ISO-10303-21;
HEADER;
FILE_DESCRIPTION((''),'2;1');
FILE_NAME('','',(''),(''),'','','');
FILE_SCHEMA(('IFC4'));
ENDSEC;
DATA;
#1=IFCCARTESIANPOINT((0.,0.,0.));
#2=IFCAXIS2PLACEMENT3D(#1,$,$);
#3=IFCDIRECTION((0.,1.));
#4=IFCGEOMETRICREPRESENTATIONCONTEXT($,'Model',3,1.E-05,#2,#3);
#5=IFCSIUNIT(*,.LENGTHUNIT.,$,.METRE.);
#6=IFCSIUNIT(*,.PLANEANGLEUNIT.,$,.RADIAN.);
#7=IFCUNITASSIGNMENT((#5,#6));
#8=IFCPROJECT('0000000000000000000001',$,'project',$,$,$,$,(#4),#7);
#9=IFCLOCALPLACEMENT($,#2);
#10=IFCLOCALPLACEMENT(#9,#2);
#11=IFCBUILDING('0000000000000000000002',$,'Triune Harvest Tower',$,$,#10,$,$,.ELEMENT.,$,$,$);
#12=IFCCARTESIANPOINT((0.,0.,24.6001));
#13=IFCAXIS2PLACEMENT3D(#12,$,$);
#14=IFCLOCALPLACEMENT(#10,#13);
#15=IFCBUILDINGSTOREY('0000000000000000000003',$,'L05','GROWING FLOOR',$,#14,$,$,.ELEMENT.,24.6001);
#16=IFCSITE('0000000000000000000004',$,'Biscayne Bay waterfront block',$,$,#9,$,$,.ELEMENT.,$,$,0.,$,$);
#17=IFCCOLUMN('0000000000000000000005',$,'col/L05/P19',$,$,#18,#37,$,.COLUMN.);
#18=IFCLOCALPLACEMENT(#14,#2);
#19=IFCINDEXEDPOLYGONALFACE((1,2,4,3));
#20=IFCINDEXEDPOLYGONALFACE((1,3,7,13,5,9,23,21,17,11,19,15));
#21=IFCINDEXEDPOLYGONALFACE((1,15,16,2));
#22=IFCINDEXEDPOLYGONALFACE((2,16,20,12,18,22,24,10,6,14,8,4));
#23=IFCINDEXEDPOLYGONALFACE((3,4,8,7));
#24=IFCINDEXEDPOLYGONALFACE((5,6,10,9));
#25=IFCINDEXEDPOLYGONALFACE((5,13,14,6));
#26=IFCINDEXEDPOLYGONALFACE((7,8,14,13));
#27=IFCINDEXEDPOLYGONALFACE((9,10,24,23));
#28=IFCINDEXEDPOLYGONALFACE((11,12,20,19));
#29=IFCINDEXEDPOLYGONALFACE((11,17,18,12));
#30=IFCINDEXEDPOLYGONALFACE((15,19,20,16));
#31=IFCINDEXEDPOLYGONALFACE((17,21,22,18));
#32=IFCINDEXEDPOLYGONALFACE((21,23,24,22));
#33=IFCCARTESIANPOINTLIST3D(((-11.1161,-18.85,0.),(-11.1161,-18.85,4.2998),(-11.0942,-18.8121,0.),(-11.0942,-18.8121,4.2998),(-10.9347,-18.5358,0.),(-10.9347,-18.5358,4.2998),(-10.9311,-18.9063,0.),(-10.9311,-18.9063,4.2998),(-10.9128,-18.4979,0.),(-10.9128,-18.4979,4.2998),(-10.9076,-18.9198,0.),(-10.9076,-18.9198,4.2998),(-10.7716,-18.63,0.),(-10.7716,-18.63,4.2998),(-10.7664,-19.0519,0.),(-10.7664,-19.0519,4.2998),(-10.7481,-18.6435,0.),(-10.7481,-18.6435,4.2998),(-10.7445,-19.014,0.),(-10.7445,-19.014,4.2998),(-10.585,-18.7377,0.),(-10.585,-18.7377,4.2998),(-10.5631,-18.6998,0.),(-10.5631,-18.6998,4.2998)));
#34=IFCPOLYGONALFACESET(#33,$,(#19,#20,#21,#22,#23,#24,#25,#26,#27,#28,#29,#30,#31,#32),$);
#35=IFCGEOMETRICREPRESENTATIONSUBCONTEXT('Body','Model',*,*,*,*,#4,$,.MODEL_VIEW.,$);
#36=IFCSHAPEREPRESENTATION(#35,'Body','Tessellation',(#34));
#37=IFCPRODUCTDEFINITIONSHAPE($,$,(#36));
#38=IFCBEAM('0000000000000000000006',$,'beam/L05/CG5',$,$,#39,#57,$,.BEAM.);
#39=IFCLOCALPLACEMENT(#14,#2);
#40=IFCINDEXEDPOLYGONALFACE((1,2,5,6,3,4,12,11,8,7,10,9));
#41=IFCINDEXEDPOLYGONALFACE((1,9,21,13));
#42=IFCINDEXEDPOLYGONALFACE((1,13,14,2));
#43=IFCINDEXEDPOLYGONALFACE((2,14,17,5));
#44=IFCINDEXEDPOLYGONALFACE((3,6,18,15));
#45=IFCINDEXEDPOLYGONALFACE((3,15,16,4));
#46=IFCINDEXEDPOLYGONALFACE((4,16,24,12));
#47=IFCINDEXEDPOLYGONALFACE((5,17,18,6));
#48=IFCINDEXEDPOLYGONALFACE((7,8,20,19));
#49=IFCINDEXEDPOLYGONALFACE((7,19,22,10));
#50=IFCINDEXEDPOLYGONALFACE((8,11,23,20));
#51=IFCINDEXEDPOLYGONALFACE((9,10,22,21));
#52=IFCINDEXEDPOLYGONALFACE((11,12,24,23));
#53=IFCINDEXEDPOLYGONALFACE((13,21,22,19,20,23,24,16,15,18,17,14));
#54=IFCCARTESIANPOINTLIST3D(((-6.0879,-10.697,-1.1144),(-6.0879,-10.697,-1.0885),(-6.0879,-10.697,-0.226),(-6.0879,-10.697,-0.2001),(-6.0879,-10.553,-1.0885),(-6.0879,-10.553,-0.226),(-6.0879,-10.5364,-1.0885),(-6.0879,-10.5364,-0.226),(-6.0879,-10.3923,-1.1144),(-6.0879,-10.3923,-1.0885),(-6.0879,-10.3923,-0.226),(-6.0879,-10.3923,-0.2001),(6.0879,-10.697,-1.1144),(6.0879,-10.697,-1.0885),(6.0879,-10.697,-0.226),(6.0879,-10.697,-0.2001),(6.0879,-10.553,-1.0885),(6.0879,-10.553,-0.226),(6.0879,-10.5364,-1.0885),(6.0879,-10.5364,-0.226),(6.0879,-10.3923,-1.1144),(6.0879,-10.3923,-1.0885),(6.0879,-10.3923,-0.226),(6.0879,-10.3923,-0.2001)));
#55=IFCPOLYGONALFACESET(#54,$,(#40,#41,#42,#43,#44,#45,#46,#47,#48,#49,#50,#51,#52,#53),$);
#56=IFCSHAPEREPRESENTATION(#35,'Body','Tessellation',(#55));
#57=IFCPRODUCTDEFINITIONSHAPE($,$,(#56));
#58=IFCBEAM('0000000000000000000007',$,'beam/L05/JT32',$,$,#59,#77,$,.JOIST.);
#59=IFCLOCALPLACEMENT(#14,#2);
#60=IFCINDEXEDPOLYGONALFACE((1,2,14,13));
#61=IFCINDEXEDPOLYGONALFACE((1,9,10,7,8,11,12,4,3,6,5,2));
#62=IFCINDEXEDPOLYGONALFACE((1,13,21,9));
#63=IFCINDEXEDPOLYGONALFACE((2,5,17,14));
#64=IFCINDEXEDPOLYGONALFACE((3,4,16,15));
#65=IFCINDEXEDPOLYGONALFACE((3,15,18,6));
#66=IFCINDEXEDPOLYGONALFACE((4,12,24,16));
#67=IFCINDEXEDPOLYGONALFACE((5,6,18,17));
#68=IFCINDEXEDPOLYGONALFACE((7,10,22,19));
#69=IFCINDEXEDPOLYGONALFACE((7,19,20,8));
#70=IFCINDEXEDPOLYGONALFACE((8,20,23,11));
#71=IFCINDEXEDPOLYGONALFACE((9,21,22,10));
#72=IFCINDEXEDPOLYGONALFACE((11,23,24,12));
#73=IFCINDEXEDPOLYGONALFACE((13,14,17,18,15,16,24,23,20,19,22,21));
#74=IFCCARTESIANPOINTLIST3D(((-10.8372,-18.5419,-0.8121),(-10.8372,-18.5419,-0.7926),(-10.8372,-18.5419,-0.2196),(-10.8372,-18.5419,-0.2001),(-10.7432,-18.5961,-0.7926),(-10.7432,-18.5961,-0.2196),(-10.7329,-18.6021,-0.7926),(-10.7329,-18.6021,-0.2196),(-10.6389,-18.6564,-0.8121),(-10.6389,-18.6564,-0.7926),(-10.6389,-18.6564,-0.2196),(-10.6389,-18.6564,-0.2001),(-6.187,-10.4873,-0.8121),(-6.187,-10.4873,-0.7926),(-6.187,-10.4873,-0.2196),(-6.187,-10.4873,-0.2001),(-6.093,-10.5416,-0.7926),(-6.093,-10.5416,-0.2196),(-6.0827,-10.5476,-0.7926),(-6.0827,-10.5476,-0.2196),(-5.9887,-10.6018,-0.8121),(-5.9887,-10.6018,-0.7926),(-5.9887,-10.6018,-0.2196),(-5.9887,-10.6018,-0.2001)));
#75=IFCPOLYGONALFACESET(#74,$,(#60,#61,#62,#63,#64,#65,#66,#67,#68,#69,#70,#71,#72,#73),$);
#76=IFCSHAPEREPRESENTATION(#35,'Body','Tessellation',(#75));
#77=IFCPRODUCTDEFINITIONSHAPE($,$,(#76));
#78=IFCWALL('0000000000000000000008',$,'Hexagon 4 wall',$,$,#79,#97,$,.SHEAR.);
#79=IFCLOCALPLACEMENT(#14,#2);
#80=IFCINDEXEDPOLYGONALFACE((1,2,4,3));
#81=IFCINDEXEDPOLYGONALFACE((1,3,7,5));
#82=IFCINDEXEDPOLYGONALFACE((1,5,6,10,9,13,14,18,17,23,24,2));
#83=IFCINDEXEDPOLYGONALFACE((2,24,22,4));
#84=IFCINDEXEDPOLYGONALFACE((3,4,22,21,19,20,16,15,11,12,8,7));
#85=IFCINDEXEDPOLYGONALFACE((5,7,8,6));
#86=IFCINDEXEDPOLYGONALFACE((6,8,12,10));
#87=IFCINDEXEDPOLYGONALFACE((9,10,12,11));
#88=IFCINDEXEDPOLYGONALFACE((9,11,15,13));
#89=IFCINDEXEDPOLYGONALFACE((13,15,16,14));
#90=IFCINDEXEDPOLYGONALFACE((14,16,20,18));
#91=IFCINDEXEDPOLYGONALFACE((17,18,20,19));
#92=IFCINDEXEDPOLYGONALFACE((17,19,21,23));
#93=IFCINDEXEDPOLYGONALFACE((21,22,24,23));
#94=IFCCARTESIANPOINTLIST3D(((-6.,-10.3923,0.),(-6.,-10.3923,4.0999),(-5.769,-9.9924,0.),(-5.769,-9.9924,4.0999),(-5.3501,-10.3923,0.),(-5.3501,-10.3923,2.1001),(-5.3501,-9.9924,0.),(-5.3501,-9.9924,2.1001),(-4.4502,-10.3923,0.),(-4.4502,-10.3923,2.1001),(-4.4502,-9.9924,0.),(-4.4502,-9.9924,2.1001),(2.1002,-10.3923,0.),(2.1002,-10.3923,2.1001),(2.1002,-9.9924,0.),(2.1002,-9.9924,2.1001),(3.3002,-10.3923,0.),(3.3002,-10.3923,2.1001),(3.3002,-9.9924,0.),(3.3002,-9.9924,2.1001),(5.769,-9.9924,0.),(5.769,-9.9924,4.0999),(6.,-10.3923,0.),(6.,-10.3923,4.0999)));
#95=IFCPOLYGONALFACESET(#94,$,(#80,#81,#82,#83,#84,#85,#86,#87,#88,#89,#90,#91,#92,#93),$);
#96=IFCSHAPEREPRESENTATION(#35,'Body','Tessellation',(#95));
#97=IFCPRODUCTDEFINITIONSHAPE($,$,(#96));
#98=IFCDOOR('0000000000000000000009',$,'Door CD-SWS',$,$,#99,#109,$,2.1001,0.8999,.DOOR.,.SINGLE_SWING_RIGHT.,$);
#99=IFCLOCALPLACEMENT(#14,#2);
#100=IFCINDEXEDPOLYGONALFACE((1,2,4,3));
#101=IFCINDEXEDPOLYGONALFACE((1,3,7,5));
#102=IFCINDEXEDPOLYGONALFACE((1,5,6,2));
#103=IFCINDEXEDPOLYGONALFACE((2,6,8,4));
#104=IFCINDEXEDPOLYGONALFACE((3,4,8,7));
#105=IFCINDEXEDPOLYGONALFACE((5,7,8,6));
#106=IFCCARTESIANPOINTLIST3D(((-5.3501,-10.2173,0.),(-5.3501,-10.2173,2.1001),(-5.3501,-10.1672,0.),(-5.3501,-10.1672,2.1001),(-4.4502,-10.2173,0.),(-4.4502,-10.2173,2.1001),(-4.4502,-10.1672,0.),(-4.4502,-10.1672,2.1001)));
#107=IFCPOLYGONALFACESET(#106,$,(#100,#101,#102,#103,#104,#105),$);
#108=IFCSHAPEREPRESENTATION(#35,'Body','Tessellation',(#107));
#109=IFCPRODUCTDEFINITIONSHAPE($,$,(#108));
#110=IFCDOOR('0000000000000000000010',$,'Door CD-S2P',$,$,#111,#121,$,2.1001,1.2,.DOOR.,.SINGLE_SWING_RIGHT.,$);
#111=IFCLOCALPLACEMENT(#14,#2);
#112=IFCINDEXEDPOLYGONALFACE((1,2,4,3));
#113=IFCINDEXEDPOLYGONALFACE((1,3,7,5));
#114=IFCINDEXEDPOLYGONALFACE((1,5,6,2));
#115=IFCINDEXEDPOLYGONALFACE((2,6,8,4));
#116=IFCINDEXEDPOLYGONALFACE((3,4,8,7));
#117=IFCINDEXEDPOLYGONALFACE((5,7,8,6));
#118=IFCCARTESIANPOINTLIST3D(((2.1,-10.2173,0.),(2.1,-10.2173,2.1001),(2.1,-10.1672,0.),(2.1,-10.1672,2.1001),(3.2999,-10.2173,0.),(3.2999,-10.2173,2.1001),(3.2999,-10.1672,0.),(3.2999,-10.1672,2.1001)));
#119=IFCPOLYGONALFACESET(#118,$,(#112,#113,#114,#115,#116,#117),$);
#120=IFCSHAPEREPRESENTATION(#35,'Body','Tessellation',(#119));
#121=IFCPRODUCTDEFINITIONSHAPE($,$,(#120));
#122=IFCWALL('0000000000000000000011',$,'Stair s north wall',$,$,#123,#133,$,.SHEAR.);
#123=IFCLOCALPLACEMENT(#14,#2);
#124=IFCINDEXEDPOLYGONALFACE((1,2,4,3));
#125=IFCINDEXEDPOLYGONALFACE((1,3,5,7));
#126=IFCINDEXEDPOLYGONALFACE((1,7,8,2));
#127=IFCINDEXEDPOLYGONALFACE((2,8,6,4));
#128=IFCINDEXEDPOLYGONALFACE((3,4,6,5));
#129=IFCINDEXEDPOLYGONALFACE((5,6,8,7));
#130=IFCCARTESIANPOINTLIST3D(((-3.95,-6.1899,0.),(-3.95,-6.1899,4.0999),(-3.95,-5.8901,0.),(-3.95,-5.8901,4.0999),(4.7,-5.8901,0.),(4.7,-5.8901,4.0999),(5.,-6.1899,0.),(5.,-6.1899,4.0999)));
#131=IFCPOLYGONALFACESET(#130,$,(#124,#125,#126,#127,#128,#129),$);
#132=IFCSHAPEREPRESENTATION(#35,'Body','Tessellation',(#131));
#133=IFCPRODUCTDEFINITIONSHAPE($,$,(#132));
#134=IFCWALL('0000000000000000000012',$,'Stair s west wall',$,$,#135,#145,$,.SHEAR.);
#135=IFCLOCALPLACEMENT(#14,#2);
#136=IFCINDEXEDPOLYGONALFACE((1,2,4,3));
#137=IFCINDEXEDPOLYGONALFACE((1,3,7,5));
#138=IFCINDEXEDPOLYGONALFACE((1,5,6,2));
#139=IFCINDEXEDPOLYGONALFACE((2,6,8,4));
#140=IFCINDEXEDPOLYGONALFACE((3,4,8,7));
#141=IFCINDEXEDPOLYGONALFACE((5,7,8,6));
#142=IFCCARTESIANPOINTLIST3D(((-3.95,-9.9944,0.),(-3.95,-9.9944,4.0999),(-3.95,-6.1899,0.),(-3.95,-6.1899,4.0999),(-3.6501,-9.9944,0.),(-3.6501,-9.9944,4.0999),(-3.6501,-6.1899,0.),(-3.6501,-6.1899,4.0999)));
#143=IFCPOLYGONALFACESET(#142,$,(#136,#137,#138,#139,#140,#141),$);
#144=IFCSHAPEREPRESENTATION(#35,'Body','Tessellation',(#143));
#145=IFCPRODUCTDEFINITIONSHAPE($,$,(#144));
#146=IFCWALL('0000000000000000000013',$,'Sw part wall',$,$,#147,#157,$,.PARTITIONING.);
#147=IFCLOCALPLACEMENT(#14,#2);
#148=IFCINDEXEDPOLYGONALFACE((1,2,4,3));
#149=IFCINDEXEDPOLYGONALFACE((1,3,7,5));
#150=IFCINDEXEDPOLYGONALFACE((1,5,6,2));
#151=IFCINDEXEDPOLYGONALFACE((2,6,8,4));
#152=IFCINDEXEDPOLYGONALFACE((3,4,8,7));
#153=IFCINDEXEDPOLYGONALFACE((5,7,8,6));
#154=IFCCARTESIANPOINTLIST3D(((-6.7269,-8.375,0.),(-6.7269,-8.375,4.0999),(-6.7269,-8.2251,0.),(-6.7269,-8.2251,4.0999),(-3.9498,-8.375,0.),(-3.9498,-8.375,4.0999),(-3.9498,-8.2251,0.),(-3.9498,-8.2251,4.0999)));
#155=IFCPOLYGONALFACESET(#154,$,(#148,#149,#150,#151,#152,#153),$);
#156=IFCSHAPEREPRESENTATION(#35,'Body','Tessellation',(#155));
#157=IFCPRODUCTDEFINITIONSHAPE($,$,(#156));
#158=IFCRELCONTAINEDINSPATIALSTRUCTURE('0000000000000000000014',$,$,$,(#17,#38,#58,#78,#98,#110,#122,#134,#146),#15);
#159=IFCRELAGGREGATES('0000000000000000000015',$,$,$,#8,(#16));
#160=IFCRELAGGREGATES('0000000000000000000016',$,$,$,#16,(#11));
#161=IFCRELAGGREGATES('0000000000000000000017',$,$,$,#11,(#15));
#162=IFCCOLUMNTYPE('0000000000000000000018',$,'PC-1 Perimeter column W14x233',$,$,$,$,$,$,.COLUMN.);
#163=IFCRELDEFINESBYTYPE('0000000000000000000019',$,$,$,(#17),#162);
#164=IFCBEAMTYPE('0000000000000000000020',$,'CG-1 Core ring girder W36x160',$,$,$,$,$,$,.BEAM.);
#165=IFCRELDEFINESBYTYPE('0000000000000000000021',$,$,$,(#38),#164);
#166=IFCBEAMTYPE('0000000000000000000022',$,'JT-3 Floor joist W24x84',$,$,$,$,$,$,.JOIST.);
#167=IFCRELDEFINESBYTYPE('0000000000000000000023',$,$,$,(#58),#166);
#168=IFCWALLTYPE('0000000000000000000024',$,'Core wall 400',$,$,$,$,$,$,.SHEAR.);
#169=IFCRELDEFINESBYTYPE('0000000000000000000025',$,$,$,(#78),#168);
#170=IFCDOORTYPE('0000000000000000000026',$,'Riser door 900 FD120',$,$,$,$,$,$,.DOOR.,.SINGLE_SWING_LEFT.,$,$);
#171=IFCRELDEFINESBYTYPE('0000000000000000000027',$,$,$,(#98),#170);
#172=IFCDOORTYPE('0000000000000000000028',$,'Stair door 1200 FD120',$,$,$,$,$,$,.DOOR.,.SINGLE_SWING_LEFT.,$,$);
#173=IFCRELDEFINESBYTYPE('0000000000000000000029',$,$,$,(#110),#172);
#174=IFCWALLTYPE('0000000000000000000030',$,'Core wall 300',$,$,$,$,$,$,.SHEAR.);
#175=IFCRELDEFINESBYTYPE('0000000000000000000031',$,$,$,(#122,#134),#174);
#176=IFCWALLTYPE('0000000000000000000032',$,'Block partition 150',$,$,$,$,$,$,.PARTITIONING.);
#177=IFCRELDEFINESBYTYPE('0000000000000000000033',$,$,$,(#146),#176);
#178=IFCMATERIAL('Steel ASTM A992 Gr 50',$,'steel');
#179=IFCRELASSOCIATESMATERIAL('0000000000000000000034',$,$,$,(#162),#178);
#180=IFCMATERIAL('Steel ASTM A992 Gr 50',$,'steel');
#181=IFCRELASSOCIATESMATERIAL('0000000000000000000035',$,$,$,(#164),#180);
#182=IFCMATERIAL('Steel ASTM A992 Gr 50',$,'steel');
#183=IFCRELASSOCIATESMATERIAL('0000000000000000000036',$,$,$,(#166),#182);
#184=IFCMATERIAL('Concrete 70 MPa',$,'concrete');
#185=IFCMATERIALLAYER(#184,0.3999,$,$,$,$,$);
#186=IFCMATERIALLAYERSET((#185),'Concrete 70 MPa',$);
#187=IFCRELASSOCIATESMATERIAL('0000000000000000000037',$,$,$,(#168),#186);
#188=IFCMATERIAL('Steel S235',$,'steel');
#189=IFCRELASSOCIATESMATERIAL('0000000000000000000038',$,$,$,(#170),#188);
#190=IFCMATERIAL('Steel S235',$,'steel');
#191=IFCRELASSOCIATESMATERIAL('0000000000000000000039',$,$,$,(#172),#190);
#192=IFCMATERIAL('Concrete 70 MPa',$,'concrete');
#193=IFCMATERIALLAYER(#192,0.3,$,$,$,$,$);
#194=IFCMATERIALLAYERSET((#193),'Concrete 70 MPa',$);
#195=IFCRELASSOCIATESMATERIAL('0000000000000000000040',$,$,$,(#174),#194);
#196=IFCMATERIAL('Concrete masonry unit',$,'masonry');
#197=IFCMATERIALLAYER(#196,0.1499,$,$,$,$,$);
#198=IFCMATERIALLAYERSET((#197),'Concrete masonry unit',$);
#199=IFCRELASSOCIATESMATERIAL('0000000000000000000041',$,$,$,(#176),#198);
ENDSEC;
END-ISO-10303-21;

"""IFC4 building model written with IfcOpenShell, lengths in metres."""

from ifc_helpers import new_model, si_unit, direction, frame, frame_2d, origin, origin_2d, place, context, subcontext, project, spatial, polyline, rectangle, i_section, outline, extrude, source, transform, mapped, material, layer, layer_set, material_profile, profile_set, type_object, element, fill, save


model = new_model("IFC4")

# Units and contexts
model_context = context("Model", 3, precision=1e-05, world=origin(), true_north=direction((0.0, 1.0)))
body_context = subcontext(model_context, "Body", "Model", "MODEL_VIEW")
ifc_project = project(units=[si_unit("LENGTHUNIT", "METRE"), si_unit("PLANEANGLEUNIT", "RADIAN")], contexts=[model_context])

# Site, building, storey
site_placement = place(None, origin())
site = spatial("IfcSite", under=ifc_project, at=site_placement, Name="Biscayne Bay waterfront block", CompositionType="ELEMENT", RefElevation=0.0)
building_placement = place(site_placement, origin())
building = spatial("IfcBuilding", under=site, at=building_placement, Name="Triune Harvest Tower", CompositionType="ELEMENT")
storey_placement = place(building_placement, frame((0.0, 0.0, 24.6001)))
storey = spatial("IfcBuildingStorey", under=building, at=storey_placement, Name="L05", Description="GROWING FLOOR", CompositionType="ELEMENT", Elevation=24.6001)

# Column
ifc_material_1 = material(Name="Steel ASTM A992 Gr 50", Category="steel")
ifc_material_profile_1 = material_profile(ifc_material_1, i_section(OverallWidth=0.4038, OverallDepth=0.4065, WebThickness=0.0271, FlangeThickness=0.0437, at=origin_2d()), Name="W14x233")
ifc_profile_set_1 = profile_set([ifc_material_profile_1], Name="Steel ASTM A992 Gr 50")
column_type = type_object("IfcColumnType", Name="PC-1 Perimeter column W14x233", PredefinedType="COLUMN", material=ifc_profile_set_1)
shared_shape_1 = source(origin(), body_context, "Body", "SweptSolid", [
    extrude(i_section(OverallWidth=0.4038, OverallDepth=0.4065, WebThickness=0.0271, FlangeThickness=0.0437, at=origin_2d()), origin(), (0.0, 0.0, 1.0), 4.2998),
])
column_placement = place(storey_placement, frame((-10.8396, -18.7749, 0.0), z_axis=(0.0, 0.0, 1.0), x_axis=(0.866025, -0.5, 0.0)))
element("IfcColumn", 1, at=column_placement, inside=storey, type_object=column_type, Name="col/L05/P19", PredefinedType="COLUMN", context=body_context, shape_type="MappedRepresentation", body=[
    mapped(shared_shape_1, transform((0.0, 0.0, 0.0), scale=1.0)),
])

# Beams
ifc_material_2 = material(Name="Steel ASTM A992 Gr 50", Category="steel")
ifc_material_profile_2 = material_profile(ifc_material_2, i_section(OverallWidth=0.3047, OverallDepth=0.9143, WebThickness=0.0166, FlangeThickness=0.0259, at=origin_2d()), Name="W36x160")
ifc_profile_set_2 = profile_set([ifc_material_profile_2], Name="Steel ASTM A992 Gr 50")
beam_type_1 = type_object("IfcBeamType", Name="CG-1 Core ring girder W36x160", PredefinedType="BEAM", material=ifc_profile_set_2)
shared_shape_2 = source(origin(), body_context, "Body", "SweptSolid", [
    extrude(i_section(OverallWidth=0.3047, OverallDepth=0.9143, WebThickness=0.0166, FlangeThickness=0.0259, at=origin_2d()), origin(), (0.0, 0.0, 1.0), 12.1758),
])
beam_1_placement = place(storey_placement, frame((-6.0879, -10.5447, -0.6572), z_axis=(1.0, 0.0, 0.0), x_axis=(0.0, 1.0, 0.0)))
element("IfcBeam", 2, at=beam_1_placement, inside=storey, type_object=beam_type_1, Name="beam/L05/CG5", PredefinedType="BEAM", context=body_context, shape_type="MappedRepresentation", body=[
    mapped(shared_shape_2, transform((0.0, 0.0, 0.0), scale=1.0)),
])
ifc_material_3 = material(Name="Steel ASTM A992 Gr 50", Category="steel")
ifc_material_profile_3 = material_profile(ifc_material_3, i_section(OverallWidth=0.229, OverallDepth=0.6121, WebThickness=0.012, FlangeThickness=0.0195, at=origin_2d()), Name="W24x84")
ifc_profile_set_3 = profile_set([ifc_material_profile_3], Name="Steel ASTM A992 Gr 50")
beam_type_2 = type_object("IfcBeamType", Name="JT-3 Floor joist W24x84", PredefinedType="JOIST", material=ifc_profile_set_3)
shared_shape_3 = source(origin(), body_context, "Body", "SweptSolid", [
    extrude(i_section(OverallWidth=0.229, OverallDepth=0.6121, WebThickness=0.012, FlangeThickness=0.0195, at=origin_2d()), origin(), (0.0, 0.0, 1.0), 9.3005),
])
beam_2_placement = place(storey_placement, frame((-10.738, -18.5991, -0.5061), z_axis=(0.499993, 0.86603, 0.0), x_axis=(-0.86603, 0.499993, 0.0)))
element("IfcBeam", 3, at=beam_2_placement, inside=storey, type_object=beam_type_2, Name="beam/L05/JT32", PredefinedType="JOIST", context=body_context, shape_type="MappedRepresentation", body=[
    mapped(shared_shape_3, transform((0.0, 0.0, 0.0), scale=1.0)),
])

# Wall, openings, doors
ifc_material_4 = material(Name="Concrete 70 MPa", Category="concrete")
ifc_layer_1 = layer(ifc_material_4, 0.3999)
ifc_layer_set_1 = layer_set([ifc_layer_1], Name="Concrete 70 MPa")
wall_type_1 = type_object("IfcWallType", Name="Core wall 400", PredefinedType="SHEAR", material=ifc_layer_set_1)
shared_shape_4 = source(origin(), body_context, "Body", "SweptSolid", [
    extrude(outline(polyline([(-0.1155, -0.2), (11.8845, -0.2), (11.6536, 0.2), (0.1155, 0.2), (-0.1155, -0.2)])), origin(), (0.0, 0.0, 1.0), 4.0999),
])
wall_1_placement = place(storey_placement, frame((-5.8845, -10.1924, 0.0), z_axis=(0.0, 0.0, 1.0), x_axis=(1.0, 0.0, 0.0)))
wall_1 = element("IfcWall", 4, at=wall_1_placement, inside=storey, type_object=wall_type_1, Name="Hexagon 4 wall", PredefinedType="SHEAR", context=body_context, shape_type="MappedRepresentation", body=[
    mapped(shared_shape_4, transform((0.0, 0.0, 0.0), scale=1.0)),
])
opening_1_placement = place(wall_1_placement, frame((7.9846, 0.0, 0.0)))
opening_1 = element("IfcOpeningElement", 5, at=opening_1_placement, cuts=wall_1, PredefinedType="OPENING", context=body_context, shape_type="SweptSolid", body=[
    extrude(rectangle(XDim=1.2, YDim=2.1001, at=frame_2d((0.6001, 1.05))), frame((0.0, 0.21, 0.0), z_axis=(0.0, -1.0, 0.0), x_axis=(1.0, 0.0, 0.0)), (0.0, 0.0, 1.0), 0.4199),
])
opening_2_placement = place(wall_1_placement, frame((0.5344, 0.0, 0.0)))
opening_2 = element("IfcOpeningElement", 6, at=opening_2_placement, cuts=wall_1, PredefinedType="OPENING", context=body_context, shape_type="SweptSolid", body=[
    extrude(rectangle(XDim=0.8999, YDim=2.1001, at=frame_2d((0.45, 1.05))), frame((0.0, 0.21, 0.0), z_axis=(0.0, -1.0, 0.0), x_axis=(1.0, 0.0, 0.0)), (0.0, 0.0, 1.0), 0.4199),
])
ifc_material_5 = material(Name="Steel S235", Category="steel")
door_type_1 = type_object("IfcDoorType", Name="Riser door 900 FD120", OperationType="SINGLE_SWING_LEFT", PredefinedType="DOOR", material=ifc_material_5)
door_1_placement = place(opening_2_placement, frame((0.8999, 0.0, 0.0), z_axis=(0.0, 0.0, 1.0), x_axis=(-1.0, 0.0, 0.0)))
door_1 = element("IfcDoor", 7, at=door_1_placement, inside=storey, type_object=door_type_1, Name="Door CD-SWS", OperationType="SINGLE_SWING_RIGHT", OverallHeight=2.1001, OverallWidth=0.8999, PredefinedType="DOOR", context=body_context, shape_type="SweptSolid", body=[
    extrude(rectangle(XDim=0.8999, YDim=2.1001, at=frame_2d((0.45, 1.05))), frame((0.0, 0.0249, 0.0), z_axis=(0.0, -1.0, 0.0), x_axis=(1.0, 0.0, 0.0)), (0.0, 0.0, 1.0), 0.05),
])
fill(opening_2, door_1)
ifc_material_6 = material(Name="Steel S235", Category="steel")
door_type_2 = type_object("IfcDoorType", Name="Stair door 1200 FD120", OperationType="SINGLE_SWING_LEFT", PredefinedType="DOOR", material=ifc_material_6)
door_2_placement = place(opening_1_placement, frame((1.2, 0.0, 0.0), z_axis=(0.0, 0.0, 1.0), x_axis=(-1.0, 0.0, 0.0)))
door_2 = element("IfcDoor", 8, at=door_2_placement, inside=storey, type_object=door_type_2, Name="Door CD-S2P", OperationType="SINGLE_SWING_RIGHT", OverallHeight=2.1001, OverallWidth=1.2, PredefinedType="DOOR", context=body_context, shape_type="SweptSolid", body=[
    extrude(rectangle(XDim=1.2, YDim=2.1001, at=frame_2d((0.6001, 1.05))), frame((0.0, 0.0249, 0.0), z_axis=(0.0, -1.0, 0.0), x_axis=(1.0, 0.0, 0.0)), (0.0, 0.0, 1.0), 0.05),
])
fill(opening_1, door_2)

# Walls
ifc_material_7 = material(Name="Concrete 70 MPa", Category="concrete")
ifc_layer_2 = layer(ifc_material_7, 0.3)
ifc_layer_set_2 = layer_set([ifc_layer_2], Name="Concrete 70 MPa")
wall_type_2 = type_object("IfcWallType", Name="Core wall 300", PredefinedType="SHEAR", material=ifc_layer_set_2)
shared_shape_5 = source(origin(), body_context, "Body", "SweptSolid", [
    extrude(outline(polyline([(0.0, -0.1499), (8.95, -0.1499), (8.6499, 0.1499), (0.0, 0.1499), (0.0, -0.1499)])), origin(), (0.0, 0.0, 1.0), 4.0999),
])
wall_2_placement = place(storey_placement, frame((-3.95, -6.04, 0.0), z_axis=(0.0, 0.0, 1.0), x_axis=(1.0, 0.0, 0.0)))
element("IfcWall", 9, at=wall_2_placement, inside=storey, type_object=wall_type_2, Name="Stair s north wall", PredefinedType="SHEAR", context=body_context, shape_type="MappedRepresentation", body=[
    mapped(shared_shape_5, transform((0.0, 0.0, 0.0), scale=1.0)),
])
shared_shape_6 = source(origin(), body_context, "Body", "SweptSolid", [
    extrude(outline(polyline([(3.8, -0.1499), (-0.0044, -0.1499), (-0.0044, 0.1499), (3.8, 0.1499), (3.8, -0.1499)])), origin(), (0.0, 0.0, 1.0), 4.0999),
])
wall_3_placement = place(storey_placement, frame((-3.8, -9.99, 0.0), z_axis=(0.0, 0.0, 1.0), x_axis=(0.0, 1.0, 0.0)))
element("IfcWall", 10, at=wall_3_placement, inside=storey, type_object=wall_type_2, Name="Stair s west wall", PredefinedType="SHEAR", context=body_context, shape_type="MappedRepresentation", body=[
    mapped(shared_shape_6, transform((0.0, 0.0, 0.0), scale=1.0)),
])
ifc_material_8 = material(Name="Concrete masonry unit", Category="masonry")
ifc_layer_3 = layer(ifc_material_8, 0.1499)
ifc_layer_set_3 = layer_set([ifc_layer_3], Name="Concrete masonry unit")
wall_type_3 = type_object("IfcWallType", Name="Block partition 150", PredefinedType="PARTITIONING", material=ifc_layer_set_3)
shared_shape_7 = source(origin(), body_context, "Body", "SweptSolid", [
    extrude(rectangle(XDim=2.7771, YDim=0.1499, at=frame_2d((1.3887, 0.0))), origin(), (0.0, 0.0, 1.0), 4.0999),
])
wall_4_placement = place(storey_placement, frame((-6.7271, -8.3, 0.0), z_axis=(0.0, 0.0, 1.0), x_axis=(1.0, 0.0, 0.0)))
element("IfcWall", 11, at=wall_4_placement, inside=storey, type_object=wall_type_3, Name="Sw part wall", PredefinedType="PARTITIONING", context=body_context, shape_type="MappedRepresentation", body=[
    mapped(shared_shape_7, transform((0.0, 0.0, 0.0), scale=1.0)),
])

save(model, "model.ifc")
